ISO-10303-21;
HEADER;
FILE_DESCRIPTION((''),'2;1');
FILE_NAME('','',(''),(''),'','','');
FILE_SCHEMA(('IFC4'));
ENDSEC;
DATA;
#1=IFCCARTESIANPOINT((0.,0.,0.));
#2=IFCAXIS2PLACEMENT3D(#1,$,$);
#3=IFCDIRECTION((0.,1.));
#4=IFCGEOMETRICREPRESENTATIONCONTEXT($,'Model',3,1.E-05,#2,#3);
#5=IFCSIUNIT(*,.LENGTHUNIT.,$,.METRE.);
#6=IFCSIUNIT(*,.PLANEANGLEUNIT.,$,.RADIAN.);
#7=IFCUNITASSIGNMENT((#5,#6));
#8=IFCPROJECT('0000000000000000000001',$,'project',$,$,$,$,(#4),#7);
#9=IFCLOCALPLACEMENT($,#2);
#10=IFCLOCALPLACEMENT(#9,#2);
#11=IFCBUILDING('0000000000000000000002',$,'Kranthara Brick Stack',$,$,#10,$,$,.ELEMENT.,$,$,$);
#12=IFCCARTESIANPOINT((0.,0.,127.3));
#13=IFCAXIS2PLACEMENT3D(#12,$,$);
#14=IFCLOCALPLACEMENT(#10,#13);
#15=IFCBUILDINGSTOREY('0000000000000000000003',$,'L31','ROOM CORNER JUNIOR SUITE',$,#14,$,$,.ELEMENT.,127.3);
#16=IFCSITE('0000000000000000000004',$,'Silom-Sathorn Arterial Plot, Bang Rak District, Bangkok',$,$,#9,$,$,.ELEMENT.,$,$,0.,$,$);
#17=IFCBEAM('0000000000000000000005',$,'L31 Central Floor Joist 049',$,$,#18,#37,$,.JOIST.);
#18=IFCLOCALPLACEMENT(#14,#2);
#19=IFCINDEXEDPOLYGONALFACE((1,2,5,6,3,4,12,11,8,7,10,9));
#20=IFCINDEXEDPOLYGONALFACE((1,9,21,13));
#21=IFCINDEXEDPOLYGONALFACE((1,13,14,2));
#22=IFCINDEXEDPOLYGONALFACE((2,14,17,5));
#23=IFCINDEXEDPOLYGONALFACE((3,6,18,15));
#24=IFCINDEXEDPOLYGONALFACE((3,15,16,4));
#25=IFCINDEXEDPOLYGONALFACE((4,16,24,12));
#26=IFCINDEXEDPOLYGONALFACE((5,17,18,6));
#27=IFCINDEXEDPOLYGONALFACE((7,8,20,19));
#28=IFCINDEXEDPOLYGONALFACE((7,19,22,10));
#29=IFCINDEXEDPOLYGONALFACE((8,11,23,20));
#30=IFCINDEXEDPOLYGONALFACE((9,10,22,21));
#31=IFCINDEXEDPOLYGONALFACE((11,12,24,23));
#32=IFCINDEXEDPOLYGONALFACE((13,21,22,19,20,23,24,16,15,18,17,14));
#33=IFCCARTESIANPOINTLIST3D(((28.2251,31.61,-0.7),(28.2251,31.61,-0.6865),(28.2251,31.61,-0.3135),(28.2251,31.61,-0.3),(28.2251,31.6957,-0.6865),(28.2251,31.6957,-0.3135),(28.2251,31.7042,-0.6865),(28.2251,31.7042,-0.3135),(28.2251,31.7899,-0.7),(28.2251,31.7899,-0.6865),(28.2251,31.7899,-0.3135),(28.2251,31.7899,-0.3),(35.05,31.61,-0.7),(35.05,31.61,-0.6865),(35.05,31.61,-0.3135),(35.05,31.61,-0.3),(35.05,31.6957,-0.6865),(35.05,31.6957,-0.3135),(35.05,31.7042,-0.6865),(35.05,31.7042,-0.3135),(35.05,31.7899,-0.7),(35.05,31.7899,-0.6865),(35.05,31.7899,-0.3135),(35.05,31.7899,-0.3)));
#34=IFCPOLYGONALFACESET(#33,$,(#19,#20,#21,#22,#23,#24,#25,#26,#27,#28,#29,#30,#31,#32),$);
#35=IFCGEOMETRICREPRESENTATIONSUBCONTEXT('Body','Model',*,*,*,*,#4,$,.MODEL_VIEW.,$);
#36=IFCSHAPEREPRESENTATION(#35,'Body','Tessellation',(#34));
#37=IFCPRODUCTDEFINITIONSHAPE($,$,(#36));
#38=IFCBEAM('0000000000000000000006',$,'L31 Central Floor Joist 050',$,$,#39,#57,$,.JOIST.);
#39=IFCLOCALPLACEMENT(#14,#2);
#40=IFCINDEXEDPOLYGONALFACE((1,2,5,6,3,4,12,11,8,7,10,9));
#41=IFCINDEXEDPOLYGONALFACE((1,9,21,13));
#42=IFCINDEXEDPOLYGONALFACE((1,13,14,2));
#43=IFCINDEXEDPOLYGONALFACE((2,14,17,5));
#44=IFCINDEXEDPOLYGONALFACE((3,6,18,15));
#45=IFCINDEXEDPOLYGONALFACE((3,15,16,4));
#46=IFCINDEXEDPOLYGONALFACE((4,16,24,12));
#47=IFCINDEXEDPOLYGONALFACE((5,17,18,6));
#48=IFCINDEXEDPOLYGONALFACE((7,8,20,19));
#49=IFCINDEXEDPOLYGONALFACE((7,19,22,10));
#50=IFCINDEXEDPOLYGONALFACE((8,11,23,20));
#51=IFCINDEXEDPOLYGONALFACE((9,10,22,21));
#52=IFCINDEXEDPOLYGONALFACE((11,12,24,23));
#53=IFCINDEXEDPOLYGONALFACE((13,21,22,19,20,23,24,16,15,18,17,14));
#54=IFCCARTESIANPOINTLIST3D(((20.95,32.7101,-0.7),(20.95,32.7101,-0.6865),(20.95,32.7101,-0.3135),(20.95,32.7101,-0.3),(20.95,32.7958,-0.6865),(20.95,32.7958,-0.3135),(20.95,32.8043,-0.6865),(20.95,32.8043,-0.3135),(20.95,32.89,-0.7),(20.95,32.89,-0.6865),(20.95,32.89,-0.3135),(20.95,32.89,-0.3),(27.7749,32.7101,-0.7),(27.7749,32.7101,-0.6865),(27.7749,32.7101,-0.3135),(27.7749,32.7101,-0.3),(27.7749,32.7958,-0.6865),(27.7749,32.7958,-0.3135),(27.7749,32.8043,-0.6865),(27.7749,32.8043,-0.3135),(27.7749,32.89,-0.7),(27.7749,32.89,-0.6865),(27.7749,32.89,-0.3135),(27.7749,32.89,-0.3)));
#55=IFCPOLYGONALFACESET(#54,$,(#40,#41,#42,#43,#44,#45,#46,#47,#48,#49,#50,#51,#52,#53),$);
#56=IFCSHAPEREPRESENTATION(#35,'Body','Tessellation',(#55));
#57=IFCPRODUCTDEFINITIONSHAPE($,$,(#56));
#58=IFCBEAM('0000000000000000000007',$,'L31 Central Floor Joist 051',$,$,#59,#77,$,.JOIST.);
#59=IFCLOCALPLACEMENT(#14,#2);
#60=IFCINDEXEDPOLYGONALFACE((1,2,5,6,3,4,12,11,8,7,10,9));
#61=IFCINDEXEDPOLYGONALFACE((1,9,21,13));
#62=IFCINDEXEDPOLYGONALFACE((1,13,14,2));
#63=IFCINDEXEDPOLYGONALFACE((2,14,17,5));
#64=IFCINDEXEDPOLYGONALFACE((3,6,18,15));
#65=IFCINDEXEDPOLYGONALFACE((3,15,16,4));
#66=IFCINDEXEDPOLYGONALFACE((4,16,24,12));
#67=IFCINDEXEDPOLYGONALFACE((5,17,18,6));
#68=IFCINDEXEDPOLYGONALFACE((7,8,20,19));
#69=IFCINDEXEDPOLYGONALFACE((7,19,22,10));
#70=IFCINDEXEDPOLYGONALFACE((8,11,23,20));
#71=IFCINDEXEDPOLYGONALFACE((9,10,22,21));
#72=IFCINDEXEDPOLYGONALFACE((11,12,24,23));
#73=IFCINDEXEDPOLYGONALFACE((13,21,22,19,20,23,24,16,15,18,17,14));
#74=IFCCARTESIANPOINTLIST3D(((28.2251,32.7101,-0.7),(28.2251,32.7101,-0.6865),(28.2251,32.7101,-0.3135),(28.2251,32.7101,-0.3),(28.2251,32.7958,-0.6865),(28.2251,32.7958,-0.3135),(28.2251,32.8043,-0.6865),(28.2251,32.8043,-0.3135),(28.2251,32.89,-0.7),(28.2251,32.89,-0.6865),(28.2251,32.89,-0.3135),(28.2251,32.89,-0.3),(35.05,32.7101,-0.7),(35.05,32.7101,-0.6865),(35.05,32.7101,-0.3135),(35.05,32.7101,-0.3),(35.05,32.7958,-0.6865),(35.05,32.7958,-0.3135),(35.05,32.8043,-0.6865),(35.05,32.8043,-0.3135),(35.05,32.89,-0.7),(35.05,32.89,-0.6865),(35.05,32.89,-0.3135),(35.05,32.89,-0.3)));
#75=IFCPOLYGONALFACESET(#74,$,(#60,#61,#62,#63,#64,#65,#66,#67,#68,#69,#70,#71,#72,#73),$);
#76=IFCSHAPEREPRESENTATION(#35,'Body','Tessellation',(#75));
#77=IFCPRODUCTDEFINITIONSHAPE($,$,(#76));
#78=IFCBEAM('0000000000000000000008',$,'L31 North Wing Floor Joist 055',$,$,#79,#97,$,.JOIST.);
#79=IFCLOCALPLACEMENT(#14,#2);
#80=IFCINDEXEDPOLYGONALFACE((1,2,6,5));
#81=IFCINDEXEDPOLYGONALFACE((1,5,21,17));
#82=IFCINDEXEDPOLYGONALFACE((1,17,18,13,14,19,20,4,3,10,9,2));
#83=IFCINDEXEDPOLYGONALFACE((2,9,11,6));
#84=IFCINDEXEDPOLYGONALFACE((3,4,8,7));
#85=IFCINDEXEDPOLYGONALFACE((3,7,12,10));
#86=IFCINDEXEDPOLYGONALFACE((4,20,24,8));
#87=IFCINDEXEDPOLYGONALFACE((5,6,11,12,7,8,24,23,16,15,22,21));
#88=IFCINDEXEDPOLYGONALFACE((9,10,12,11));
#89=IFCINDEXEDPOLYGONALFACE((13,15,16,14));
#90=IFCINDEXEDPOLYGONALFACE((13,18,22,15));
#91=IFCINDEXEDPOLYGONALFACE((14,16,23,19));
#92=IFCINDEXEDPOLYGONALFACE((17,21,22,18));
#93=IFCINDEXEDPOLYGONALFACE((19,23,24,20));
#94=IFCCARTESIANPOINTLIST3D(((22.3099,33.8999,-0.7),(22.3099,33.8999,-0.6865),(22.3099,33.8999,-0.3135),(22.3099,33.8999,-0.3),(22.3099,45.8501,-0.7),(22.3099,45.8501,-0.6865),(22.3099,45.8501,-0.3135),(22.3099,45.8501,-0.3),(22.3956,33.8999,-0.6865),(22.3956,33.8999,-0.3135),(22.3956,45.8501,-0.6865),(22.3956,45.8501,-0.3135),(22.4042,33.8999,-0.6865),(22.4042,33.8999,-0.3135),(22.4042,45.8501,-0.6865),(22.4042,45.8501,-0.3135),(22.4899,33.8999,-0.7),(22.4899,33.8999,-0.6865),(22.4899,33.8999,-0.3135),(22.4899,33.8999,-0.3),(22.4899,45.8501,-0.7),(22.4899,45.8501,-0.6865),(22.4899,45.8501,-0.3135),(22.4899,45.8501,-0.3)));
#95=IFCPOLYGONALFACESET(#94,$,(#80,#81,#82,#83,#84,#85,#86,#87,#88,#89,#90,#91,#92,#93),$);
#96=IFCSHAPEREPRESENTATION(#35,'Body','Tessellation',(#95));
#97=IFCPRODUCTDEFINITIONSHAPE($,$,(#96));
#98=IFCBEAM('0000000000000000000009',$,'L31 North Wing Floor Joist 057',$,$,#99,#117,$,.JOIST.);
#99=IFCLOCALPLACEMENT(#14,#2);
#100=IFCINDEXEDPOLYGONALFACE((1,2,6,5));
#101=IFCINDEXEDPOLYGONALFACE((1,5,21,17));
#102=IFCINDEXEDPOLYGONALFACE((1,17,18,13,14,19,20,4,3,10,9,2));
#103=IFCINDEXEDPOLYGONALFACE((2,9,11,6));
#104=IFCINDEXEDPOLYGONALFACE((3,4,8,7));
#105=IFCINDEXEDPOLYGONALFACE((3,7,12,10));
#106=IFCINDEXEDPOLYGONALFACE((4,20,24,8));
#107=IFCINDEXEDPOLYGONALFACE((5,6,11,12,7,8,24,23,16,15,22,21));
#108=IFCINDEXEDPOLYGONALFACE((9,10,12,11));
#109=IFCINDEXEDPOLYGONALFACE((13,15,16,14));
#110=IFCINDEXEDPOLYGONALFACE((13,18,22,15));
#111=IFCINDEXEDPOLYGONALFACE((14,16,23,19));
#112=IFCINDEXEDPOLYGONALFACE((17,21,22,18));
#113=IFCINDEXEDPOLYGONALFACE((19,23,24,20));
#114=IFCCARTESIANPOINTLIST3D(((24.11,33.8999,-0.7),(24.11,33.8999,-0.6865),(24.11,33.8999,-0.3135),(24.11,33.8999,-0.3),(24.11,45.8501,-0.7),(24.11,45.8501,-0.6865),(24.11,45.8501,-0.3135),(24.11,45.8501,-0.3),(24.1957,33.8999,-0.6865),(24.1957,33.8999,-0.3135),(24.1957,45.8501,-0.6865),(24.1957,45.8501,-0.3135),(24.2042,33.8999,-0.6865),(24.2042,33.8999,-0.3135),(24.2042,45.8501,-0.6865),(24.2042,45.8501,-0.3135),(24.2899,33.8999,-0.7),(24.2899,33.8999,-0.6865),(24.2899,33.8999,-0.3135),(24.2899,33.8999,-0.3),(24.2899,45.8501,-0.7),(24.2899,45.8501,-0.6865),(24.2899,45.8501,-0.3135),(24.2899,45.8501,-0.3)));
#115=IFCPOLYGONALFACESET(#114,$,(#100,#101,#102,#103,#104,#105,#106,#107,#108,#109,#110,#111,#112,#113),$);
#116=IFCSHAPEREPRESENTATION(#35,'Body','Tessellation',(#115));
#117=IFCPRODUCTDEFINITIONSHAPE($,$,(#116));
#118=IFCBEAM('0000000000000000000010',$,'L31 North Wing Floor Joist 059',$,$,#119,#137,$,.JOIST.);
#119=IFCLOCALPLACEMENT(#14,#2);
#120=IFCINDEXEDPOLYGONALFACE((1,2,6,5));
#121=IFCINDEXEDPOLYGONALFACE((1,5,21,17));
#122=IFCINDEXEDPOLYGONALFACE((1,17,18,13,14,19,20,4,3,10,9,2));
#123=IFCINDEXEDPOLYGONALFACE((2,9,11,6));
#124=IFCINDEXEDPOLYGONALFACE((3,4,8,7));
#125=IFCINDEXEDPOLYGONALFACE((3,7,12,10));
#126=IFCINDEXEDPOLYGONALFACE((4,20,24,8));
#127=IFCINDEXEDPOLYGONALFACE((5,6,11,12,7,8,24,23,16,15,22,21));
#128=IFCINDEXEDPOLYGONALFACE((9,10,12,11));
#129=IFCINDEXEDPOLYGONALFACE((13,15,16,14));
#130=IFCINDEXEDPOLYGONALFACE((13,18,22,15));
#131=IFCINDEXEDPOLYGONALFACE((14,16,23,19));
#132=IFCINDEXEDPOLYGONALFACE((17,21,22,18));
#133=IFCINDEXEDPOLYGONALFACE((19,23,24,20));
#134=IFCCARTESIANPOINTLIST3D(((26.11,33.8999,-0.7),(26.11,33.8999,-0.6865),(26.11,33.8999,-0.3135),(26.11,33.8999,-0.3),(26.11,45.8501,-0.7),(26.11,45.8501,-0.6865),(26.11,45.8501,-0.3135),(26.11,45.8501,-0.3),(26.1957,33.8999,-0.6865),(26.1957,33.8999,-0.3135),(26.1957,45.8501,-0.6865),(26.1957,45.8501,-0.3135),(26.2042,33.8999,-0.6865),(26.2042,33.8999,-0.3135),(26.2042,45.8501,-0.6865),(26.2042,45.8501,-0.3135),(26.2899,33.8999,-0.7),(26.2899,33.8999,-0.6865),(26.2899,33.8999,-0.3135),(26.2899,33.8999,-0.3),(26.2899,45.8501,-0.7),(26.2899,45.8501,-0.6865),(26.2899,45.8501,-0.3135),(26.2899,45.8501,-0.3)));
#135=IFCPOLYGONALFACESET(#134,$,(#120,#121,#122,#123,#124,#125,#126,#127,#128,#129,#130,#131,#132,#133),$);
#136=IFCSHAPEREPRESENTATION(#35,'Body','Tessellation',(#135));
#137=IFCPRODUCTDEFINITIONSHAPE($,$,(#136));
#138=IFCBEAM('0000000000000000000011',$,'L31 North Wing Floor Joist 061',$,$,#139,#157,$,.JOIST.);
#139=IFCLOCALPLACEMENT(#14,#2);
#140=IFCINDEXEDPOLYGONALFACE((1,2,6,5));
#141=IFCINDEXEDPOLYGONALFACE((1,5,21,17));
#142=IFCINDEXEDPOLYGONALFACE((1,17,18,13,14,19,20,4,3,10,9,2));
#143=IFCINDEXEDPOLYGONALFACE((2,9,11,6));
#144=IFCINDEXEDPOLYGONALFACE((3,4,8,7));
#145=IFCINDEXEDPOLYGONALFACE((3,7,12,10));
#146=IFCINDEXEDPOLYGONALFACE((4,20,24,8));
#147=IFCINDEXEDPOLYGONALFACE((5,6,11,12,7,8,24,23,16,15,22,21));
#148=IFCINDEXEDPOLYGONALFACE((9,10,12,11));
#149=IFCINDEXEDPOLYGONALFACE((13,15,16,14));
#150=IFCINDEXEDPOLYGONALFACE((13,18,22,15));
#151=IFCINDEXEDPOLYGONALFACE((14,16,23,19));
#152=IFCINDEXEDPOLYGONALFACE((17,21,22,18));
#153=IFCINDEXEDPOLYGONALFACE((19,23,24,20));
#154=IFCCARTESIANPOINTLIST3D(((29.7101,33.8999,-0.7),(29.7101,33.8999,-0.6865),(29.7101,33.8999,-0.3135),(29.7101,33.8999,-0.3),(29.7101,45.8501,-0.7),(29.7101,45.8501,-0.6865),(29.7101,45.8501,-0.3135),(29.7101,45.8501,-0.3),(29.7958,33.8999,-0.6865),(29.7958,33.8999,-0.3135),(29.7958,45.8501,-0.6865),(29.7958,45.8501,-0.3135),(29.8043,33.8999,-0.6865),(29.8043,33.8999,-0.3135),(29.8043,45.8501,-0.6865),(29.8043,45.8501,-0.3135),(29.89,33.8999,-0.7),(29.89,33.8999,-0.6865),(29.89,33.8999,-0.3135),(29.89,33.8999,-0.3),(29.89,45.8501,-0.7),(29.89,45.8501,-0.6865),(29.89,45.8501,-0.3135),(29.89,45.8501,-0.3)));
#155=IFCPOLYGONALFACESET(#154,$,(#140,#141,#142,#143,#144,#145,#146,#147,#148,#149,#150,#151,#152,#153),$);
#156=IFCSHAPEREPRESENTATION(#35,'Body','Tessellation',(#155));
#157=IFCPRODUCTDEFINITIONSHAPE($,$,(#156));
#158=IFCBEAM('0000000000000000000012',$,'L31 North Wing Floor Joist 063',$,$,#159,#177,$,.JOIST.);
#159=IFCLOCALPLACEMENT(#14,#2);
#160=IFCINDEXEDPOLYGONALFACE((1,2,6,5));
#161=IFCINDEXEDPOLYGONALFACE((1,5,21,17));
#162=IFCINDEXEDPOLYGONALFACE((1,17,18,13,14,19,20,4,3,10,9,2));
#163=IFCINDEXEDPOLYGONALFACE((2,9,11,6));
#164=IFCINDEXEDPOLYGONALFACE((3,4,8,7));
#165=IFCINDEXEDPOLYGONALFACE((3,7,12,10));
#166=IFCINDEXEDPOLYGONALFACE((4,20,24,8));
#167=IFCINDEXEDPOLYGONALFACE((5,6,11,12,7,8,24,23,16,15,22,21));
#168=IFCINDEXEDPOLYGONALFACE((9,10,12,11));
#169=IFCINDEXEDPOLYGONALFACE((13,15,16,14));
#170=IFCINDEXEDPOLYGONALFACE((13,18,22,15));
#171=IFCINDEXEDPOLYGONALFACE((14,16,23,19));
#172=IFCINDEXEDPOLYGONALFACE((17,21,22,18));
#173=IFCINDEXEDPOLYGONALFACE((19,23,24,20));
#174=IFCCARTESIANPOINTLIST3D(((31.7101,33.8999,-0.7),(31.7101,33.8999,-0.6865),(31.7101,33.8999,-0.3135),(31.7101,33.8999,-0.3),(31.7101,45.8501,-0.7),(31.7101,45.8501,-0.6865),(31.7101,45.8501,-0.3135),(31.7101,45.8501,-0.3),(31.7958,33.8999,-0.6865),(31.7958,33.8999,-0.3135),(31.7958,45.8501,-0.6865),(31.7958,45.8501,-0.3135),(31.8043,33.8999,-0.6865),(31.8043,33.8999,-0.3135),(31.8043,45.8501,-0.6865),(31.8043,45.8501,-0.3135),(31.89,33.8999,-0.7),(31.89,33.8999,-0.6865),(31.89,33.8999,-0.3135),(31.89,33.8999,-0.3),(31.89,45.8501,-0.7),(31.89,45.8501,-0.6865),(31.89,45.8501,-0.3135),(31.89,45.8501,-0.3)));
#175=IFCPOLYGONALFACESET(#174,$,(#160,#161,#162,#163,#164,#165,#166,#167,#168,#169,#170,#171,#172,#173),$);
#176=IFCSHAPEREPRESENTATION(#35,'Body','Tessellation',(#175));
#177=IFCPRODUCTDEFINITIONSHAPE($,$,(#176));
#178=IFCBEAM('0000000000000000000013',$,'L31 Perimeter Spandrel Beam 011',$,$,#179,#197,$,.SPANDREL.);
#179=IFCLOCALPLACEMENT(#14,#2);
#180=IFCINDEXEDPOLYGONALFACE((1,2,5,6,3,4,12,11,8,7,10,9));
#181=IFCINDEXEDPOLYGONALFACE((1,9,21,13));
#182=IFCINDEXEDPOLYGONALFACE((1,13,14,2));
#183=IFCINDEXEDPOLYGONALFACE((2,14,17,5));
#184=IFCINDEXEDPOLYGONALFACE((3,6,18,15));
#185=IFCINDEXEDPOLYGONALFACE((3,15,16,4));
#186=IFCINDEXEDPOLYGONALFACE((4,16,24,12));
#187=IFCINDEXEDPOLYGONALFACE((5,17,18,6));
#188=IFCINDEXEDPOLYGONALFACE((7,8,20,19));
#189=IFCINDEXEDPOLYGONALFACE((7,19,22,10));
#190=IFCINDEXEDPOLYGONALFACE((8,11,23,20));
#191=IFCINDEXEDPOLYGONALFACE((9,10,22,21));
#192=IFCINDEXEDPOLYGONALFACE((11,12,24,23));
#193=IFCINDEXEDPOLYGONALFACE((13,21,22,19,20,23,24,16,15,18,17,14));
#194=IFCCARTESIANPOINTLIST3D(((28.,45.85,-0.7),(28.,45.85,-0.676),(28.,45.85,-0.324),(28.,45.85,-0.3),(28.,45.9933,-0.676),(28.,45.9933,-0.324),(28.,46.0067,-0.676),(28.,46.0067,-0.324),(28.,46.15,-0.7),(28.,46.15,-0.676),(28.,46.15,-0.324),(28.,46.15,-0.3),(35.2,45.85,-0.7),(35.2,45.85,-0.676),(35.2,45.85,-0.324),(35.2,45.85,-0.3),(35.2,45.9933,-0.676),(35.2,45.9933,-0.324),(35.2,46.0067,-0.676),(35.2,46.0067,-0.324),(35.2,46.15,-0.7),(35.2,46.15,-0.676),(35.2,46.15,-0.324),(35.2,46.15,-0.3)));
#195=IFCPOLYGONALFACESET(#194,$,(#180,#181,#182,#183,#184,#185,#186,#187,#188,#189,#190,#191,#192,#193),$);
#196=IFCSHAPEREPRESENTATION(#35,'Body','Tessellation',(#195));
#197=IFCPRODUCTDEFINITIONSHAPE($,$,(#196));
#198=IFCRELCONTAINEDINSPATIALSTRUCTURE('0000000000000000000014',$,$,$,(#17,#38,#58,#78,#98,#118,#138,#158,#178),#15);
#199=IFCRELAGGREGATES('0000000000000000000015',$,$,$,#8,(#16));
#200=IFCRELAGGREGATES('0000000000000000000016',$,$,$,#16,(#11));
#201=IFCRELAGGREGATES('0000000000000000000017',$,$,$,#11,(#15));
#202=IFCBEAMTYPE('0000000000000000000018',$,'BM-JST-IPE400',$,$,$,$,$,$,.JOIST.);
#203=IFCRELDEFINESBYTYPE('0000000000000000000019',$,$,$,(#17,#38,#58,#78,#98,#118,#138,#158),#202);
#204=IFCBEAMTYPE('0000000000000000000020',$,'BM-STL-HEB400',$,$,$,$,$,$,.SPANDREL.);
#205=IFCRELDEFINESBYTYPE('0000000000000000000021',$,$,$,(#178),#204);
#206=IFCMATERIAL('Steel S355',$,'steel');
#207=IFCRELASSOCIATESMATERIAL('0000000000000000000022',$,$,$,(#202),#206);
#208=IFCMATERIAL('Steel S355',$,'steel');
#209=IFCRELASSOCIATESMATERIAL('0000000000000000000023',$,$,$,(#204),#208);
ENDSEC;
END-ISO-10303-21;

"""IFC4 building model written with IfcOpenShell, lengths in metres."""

from ifc_helpers import new_model, si_unit, direction, frame, origin, origin_2d, place, context, subcontext, project, spatial, i_section, extrude, material, material_profile, profile_set, type_object, element, save


model = new_model("IFC4")

# Units and contexts
model_context = context("Model", 3, precision=1e-05, world=origin(), true_north=direction((0.0, 1.0)))
body_context = subcontext(model_context, "Body", "Model", "MODEL_VIEW")
ifc_project = project(units=[si_unit("LENGTHUNIT", "METRE"), si_unit("PLANEANGLEUNIT", "RADIAN")], contexts=[model_context])

# Site, building, storey
site_placement = place(None, origin())
site = spatial("IfcSite", under=ifc_project, at=site_placement, Name="Silom-Sathorn Arterial Plot, Bang Rak District, Bangkok", CompositionType="ELEMENT", RefElevation=0.0)
building_placement = place(site_placement, origin())
building = spatial("IfcBuilding", under=site, at=building_placement, Name="Kranthara Brick Stack", CompositionType="ELEMENT")
storey_placement = place(building_placement, frame((0.0, 0.0, 127.3)))
storey = spatial("IfcBuildingStorey", under=building, at=storey_placement, Name="L31", Description="ROOM CORNER JUNIOR SUITE", CompositionType="ELEMENT", Elevation=127.3)

# Beams
ifc_material_1 = material(Name="Steel S355", Category="steel")
ifc_material_profile_1 = material_profile(ifc_material_1, i_section(OverallWidth=0.1799, OverallDepth=0.3999, WebThickness=0.0085, FlangeThickness=0.0134, at=origin_2d()), Name="IPE 400")
ifc_profile_set_1 = profile_set([ifc_material_profile_1], Name="Steel S355")
beam_type_1 = type_object("IfcBeamType", Name="BM-JST-IPE400", PredefinedType="JOIST", material=ifc_profile_set_1)
for number, where, z_axis, x_axis, name in (
    (1, (28.2251, 31.7, -0.5), (1.0, 0.0, 0.0), (0.0, 1.0, 0.0), "L31 Central Floor Joist 049"),
    (2, (20.95, 32.8, -0.5), (1.0, 0.0, 0.0), (0.0, 1.0, 0.0), "L31 Central Floor Joist 050"),
    (3, (28.2251, 32.8, -0.5), (1.0, 0.0, 0.0), (0.0, 1.0, 0.0), "L31 Central Floor Joist 051"),
):
    element("IfcBeam", number, at=place(storey_placement, frame(where, z_axis=z_axis, x_axis=x_axis)), inside=storey, type_object=beam_type_1, Name=name, PredefinedType="JOIST", context=body_context, shape_type="SweptSolid", body=[
        extrude(i_section(OverallWidth=0.1799, OverallDepth=0.3999, WebThickness=0.0085, FlangeThickness=0.0134, at=origin_2d()), origin(), (0.0, 0.0, 1.0), 6.825),
    ])
for number, where, z_axis, x_axis, name in (
    (4, (22.3999, 33.8999, -0.5), (0.0, 1.0, 0.0), (-1.0, 0.0, 0.0), "L31 North Wing Floor Joist 055"),
    (5, (24.2, 33.8999, -0.5), (0.0, 1.0, 0.0), (-1.0, 0.0, 0.0), "L31 North Wing Floor Joist 057"),
    (6, (26.2, 33.8999, -0.5), (0.0, 1.0, 0.0), (-1.0, 0.0, 0.0), "L31 North Wing Floor Joist 059"),
    (7, (29.8, 33.8999, -0.5), (0.0, 1.0, 0.0), (-1.0, 0.0, 0.0), "L31 North Wing Floor Joist 061"),
    (8, (31.8, 33.8999, -0.5), (0.0, 1.0, 0.0), (-1.0, 0.0, 0.0), "L31 North Wing Floor Joist 063"),
):
    element("IfcBeam", number, at=place(storey_placement, frame(where, z_axis=z_axis, x_axis=x_axis)), inside=storey, type_object=beam_type_1, Name=name, PredefinedType="JOIST", context=body_context, shape_type="SweptSolid", body=[
        extrude(i_section(OverallWidth=0.1799, OverallDepth=0.3999, WebThickness=0.0085, FlangeThickness=0.0134, at=origin_2d()), origin(), (0.0, 0.0, 1.0), 11.9502),
    ])
ifc_material_2 = material(Name="Steel S355", Category="steel")
ifc_material_profile_2 = material_profile(ifc_material_2, i_section(OverallWidth=0.3, OverallDepth=0.3999, WebThickness=0.0134, FlangeThickness=0.0239, at=origin_2d()), Name="HEB 400")
ifc_profile_set_2 = profile_set([ifc_material_profile_2], Name="Steel S355")
beam_type_2 = type_object("IfcBeamType", Name="BM-STL-HEB400", PredefinedType="SPANDREL", material=ifc_profile_set_2)
beam_1_placement = place(storey_placement, frame((28.0, 46.0, -0.5), z_axis=(1.0, 0.0, 0.0), x_axis=(0.0, 1.0, 0.0)))
element("IfcBeam", 9, at=beam_1_placement, inside=storey, type_object=beam_type_2, Name="L31 Perimeter Spandrel Beam 011", PredefinedType="SPANDREL", context=body_context, shape_type="SweptSolid", body=[
    extrude(i_section(OverallWidth=0.3, OverallDepth=0.3999, WebThickness=0.0134, FlangeThickness=0.0239, at=origin_2d()), origin(), (0.0, 0.0, 1.0), 7.2),
])

save(model, "model.ifc")
